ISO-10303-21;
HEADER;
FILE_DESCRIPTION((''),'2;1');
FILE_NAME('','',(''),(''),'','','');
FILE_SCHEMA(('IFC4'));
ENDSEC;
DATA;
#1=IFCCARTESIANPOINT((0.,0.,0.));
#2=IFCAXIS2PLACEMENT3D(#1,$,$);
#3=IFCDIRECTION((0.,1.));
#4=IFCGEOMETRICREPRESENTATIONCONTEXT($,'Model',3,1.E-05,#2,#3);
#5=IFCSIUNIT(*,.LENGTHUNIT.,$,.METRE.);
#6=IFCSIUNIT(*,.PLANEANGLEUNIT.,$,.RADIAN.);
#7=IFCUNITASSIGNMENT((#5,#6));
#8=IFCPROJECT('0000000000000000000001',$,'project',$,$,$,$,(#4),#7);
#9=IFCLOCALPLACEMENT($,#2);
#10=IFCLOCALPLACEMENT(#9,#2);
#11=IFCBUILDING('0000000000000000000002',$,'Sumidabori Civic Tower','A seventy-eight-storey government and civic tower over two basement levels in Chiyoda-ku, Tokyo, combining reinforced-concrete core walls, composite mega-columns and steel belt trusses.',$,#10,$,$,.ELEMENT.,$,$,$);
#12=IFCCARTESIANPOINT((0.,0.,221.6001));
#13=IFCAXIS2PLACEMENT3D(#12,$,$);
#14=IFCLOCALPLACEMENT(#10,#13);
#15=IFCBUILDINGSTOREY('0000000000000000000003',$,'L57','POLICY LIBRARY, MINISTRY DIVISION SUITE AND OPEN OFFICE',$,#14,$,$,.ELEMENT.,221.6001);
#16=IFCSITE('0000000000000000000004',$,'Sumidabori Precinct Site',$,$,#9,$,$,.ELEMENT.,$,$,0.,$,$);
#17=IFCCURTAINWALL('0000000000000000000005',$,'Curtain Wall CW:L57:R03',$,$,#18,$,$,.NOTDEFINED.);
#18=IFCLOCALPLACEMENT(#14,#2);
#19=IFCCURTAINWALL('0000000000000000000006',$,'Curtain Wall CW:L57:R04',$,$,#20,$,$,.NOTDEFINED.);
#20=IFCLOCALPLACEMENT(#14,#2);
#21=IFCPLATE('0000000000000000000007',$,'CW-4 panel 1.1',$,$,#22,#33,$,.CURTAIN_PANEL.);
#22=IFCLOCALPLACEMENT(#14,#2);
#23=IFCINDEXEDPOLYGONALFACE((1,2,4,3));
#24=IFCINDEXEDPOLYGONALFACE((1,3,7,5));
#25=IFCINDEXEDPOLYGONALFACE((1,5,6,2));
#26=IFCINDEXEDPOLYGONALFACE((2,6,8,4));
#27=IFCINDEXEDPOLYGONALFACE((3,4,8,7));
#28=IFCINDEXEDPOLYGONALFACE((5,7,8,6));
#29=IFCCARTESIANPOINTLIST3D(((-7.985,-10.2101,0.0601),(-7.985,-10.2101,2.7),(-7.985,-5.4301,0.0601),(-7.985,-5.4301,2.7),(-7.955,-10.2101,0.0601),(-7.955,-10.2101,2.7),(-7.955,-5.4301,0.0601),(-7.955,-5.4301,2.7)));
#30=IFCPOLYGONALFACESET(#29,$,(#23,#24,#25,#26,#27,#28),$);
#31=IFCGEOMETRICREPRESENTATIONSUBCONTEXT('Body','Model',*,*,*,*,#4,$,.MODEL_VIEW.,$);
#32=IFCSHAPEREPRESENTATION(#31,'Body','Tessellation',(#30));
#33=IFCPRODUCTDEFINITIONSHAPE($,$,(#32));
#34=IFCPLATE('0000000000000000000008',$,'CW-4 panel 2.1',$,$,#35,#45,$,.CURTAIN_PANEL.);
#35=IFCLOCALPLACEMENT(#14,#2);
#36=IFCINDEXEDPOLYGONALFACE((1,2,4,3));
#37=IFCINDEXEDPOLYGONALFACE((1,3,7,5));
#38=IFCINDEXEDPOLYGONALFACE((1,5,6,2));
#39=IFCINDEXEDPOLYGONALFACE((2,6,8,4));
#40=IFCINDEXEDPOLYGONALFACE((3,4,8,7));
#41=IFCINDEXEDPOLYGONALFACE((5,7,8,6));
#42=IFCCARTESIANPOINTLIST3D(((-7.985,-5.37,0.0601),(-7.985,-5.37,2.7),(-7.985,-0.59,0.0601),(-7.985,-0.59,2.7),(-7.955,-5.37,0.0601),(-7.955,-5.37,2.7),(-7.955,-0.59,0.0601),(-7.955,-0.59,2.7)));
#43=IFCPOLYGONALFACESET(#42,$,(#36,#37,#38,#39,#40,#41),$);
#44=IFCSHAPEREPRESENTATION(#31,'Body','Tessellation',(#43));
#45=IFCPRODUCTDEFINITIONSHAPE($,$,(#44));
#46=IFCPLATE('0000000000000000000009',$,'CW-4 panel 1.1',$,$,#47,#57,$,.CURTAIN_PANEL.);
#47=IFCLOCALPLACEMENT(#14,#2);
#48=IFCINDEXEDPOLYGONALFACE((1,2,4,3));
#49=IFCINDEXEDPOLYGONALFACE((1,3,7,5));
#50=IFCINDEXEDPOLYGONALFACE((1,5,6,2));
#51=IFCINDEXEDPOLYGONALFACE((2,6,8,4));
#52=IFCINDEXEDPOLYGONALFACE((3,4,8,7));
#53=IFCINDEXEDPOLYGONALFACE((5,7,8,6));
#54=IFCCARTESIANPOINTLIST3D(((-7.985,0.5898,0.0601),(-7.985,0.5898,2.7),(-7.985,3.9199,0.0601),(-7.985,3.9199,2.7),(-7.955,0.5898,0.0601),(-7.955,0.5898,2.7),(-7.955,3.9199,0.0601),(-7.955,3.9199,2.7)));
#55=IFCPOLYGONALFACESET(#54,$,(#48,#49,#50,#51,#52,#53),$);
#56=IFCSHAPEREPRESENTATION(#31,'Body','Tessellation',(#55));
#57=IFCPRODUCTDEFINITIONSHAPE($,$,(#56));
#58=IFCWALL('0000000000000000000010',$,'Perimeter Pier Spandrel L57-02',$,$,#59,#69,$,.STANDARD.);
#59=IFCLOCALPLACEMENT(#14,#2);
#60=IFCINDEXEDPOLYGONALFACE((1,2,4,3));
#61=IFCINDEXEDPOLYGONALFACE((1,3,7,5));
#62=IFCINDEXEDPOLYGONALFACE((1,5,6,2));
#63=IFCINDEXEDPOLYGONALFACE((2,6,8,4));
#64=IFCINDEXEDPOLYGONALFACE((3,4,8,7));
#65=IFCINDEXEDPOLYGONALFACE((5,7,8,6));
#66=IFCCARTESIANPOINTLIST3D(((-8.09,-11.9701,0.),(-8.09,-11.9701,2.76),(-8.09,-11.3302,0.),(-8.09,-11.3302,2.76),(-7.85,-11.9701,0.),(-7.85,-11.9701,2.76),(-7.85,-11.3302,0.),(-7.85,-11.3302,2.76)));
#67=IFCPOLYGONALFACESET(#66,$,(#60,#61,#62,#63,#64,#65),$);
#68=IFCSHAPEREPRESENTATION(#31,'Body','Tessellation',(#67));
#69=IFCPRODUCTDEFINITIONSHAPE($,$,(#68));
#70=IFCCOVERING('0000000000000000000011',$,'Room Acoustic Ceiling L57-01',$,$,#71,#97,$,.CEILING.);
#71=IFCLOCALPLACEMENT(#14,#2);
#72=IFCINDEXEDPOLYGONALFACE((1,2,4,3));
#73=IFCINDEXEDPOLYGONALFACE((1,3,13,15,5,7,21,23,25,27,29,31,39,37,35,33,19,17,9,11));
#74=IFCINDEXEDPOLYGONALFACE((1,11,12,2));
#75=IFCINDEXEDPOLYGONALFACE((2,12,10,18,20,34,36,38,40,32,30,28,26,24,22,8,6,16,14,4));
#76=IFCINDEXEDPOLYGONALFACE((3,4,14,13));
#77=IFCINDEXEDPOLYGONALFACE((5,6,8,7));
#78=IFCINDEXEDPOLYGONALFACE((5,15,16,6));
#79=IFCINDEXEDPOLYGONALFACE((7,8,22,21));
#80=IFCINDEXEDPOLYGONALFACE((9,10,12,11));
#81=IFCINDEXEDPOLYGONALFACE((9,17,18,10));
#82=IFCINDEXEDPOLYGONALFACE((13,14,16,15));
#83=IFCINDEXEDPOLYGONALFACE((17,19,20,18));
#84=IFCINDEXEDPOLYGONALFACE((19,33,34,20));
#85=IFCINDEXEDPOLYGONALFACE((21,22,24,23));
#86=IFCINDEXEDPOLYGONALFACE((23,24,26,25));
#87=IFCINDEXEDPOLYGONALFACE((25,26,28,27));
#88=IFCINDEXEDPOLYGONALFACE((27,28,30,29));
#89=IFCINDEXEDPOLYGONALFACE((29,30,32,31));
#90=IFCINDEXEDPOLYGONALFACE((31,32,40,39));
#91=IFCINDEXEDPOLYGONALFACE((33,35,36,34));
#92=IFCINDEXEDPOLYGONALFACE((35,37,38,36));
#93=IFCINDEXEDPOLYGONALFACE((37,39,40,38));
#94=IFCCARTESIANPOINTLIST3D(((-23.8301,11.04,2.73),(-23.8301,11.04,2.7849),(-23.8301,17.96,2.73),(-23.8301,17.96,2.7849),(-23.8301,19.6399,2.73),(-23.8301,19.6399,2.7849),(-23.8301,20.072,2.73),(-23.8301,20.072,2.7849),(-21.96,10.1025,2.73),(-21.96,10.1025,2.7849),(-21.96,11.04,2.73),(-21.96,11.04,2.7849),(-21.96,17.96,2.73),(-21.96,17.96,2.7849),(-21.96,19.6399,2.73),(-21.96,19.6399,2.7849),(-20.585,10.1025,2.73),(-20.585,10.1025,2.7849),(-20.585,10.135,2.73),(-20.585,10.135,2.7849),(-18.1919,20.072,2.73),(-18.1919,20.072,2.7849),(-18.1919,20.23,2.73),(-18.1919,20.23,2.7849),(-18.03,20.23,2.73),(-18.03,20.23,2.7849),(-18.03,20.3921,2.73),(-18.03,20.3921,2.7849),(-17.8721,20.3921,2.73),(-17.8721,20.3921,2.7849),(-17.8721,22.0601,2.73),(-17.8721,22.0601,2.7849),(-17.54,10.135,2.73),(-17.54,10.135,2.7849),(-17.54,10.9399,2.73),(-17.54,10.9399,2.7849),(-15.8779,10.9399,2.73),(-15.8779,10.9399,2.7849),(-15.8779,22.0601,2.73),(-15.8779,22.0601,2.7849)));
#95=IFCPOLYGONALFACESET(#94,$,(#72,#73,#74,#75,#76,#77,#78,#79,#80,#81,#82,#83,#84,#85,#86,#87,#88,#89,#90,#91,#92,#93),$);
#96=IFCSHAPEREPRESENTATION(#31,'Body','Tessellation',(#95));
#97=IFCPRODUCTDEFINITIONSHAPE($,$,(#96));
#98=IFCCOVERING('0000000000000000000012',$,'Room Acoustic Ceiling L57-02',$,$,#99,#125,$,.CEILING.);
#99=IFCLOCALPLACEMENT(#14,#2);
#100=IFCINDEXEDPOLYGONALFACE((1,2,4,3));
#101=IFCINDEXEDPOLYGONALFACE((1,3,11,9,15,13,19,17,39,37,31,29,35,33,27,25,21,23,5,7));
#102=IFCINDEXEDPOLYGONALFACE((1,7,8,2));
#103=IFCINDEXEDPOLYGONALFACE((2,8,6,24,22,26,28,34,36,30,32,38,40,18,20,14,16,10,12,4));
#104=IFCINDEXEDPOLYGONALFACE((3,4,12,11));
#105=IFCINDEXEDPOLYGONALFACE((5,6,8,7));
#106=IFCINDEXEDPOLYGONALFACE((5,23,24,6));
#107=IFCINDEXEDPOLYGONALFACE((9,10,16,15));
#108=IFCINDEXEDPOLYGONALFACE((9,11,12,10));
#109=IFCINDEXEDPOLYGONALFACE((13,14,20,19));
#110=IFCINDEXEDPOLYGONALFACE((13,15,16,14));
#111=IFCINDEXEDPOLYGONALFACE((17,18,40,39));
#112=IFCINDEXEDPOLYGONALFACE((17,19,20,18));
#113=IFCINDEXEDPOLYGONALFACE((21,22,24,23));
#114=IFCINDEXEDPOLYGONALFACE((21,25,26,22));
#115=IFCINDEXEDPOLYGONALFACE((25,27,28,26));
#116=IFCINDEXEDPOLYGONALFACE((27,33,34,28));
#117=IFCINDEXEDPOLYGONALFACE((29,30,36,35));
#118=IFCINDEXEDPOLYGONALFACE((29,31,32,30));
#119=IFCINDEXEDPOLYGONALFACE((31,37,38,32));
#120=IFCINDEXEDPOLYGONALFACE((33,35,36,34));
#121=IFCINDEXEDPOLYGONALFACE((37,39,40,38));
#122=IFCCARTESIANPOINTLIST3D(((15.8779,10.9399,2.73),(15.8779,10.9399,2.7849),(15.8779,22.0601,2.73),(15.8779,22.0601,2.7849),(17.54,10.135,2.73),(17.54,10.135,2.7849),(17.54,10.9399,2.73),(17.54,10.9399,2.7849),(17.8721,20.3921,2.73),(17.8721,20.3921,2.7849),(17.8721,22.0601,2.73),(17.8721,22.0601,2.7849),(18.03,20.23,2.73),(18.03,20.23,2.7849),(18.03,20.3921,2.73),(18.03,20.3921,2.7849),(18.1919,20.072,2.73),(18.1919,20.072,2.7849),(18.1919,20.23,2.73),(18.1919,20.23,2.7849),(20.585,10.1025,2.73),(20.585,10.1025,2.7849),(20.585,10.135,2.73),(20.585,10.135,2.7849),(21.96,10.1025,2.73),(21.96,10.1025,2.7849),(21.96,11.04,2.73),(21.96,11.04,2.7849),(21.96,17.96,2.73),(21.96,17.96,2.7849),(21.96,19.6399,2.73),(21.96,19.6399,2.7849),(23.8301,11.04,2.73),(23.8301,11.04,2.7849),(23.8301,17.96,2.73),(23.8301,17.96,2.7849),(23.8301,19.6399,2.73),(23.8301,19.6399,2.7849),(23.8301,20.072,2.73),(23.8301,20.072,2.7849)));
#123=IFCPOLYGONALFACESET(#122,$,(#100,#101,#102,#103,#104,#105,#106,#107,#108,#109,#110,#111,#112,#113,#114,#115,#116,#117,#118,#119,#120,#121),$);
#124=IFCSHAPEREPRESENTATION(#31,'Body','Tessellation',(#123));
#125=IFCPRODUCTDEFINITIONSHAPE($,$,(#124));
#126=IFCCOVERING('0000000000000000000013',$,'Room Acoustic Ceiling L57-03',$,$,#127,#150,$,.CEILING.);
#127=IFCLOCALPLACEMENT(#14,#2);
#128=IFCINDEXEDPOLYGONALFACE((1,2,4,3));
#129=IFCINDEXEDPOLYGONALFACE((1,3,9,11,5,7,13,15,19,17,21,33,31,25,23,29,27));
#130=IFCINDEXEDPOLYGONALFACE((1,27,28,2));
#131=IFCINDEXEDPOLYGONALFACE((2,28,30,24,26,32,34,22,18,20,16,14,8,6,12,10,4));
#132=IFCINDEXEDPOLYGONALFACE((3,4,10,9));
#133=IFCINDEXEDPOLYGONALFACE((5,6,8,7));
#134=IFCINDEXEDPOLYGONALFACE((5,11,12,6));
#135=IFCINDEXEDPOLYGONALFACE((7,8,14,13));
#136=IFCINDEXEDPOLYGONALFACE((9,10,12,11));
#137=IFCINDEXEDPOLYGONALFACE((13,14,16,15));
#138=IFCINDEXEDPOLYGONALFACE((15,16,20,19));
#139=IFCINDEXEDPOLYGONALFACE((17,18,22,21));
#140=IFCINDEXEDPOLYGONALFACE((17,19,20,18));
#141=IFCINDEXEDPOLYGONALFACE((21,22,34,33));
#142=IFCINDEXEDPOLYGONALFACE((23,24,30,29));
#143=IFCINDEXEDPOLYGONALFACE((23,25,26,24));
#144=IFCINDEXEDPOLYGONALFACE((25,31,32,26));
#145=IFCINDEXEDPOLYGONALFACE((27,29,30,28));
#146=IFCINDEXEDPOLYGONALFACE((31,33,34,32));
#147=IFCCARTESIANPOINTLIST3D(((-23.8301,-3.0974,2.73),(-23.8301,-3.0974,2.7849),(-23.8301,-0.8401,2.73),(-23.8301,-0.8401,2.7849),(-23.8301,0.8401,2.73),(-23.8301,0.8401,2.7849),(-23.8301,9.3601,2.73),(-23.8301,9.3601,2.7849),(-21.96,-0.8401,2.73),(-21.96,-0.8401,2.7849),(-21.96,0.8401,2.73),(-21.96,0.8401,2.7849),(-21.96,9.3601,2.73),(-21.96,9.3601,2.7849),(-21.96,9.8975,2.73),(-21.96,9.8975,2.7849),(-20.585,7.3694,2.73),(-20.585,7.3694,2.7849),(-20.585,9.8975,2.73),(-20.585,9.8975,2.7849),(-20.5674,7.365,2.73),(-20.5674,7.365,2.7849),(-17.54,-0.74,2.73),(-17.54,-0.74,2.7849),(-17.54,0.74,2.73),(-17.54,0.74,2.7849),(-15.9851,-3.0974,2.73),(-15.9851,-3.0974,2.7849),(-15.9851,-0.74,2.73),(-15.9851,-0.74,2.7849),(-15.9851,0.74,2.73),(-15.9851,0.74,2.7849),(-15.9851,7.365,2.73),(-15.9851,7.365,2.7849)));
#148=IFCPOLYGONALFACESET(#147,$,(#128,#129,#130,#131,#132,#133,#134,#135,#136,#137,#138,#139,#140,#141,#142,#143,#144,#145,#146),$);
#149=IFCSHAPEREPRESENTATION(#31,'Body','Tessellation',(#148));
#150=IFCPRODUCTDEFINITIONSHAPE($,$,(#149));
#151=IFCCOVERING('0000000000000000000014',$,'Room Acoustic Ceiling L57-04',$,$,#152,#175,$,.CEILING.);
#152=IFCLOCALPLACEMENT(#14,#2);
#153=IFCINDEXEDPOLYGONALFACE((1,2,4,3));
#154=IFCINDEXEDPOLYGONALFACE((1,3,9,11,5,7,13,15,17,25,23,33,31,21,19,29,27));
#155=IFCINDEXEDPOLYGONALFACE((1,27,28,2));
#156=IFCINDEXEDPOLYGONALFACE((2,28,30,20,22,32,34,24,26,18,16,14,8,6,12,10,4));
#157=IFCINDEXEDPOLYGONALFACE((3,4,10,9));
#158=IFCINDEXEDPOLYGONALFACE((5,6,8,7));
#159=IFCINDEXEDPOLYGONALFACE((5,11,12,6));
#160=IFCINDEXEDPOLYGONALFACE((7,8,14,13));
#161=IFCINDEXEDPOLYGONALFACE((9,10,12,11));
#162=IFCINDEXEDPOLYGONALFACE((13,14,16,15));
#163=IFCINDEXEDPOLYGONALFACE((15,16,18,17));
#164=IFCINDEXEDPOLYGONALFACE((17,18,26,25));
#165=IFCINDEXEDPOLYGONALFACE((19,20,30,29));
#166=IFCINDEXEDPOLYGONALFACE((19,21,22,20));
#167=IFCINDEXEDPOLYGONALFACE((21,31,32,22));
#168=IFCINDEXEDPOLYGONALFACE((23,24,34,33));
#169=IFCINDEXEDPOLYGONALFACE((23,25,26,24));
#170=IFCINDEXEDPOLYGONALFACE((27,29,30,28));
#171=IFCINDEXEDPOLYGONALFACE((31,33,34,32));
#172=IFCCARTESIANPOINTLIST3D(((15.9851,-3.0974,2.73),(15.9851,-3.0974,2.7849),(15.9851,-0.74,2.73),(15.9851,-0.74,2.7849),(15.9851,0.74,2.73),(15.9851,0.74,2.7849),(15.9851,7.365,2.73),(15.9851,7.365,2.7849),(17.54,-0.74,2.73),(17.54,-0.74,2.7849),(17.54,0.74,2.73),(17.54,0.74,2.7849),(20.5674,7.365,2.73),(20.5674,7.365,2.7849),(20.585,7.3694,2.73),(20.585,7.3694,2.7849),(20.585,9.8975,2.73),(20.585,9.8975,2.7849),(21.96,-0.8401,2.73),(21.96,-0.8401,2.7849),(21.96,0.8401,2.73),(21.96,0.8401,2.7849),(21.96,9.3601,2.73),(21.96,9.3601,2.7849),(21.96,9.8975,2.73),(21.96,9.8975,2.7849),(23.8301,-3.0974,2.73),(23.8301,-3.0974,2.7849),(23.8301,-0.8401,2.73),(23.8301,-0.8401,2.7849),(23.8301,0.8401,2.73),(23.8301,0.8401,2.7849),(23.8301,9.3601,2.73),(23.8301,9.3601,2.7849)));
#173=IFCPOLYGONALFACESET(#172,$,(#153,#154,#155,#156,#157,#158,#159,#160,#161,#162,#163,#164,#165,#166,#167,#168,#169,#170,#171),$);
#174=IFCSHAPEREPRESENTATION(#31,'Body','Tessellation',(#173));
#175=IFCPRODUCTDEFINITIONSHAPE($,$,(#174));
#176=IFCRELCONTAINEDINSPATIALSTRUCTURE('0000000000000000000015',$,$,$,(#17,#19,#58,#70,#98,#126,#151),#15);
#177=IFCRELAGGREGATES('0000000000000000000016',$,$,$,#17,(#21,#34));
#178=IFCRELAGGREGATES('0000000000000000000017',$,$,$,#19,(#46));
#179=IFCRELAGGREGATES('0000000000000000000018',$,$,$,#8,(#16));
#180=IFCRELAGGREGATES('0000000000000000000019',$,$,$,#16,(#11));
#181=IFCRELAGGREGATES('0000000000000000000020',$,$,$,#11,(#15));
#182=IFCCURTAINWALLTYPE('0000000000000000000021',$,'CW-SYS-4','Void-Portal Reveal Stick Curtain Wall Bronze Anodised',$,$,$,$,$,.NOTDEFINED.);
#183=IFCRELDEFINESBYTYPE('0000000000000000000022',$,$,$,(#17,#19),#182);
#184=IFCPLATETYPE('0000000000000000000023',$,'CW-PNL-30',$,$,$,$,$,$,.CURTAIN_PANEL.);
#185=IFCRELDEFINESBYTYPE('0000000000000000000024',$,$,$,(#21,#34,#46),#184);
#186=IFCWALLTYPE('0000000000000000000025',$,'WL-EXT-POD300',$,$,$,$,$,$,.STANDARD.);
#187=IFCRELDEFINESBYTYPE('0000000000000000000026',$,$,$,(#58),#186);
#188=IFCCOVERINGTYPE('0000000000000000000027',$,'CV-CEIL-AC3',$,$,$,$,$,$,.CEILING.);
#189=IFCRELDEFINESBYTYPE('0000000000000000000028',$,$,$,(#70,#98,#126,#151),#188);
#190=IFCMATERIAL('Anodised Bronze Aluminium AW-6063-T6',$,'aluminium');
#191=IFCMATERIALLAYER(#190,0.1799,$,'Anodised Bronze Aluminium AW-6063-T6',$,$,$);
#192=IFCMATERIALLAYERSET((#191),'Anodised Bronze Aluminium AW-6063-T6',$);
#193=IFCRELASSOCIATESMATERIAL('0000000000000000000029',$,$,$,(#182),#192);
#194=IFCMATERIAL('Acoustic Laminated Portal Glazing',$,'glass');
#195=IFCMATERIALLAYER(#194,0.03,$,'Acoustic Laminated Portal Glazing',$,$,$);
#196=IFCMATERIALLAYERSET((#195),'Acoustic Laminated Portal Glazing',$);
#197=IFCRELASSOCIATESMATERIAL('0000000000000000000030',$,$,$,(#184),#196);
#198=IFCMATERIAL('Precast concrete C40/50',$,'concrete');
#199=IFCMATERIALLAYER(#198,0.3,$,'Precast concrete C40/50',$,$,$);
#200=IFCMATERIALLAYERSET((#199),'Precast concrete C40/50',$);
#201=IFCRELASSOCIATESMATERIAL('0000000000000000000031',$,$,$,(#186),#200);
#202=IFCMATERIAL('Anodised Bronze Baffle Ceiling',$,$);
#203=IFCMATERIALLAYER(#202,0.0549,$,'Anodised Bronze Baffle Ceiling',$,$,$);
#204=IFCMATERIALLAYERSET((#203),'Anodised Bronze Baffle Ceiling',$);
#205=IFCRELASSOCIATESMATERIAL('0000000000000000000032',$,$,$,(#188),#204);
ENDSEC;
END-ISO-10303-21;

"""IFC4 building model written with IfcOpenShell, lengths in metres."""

from ifc_helpers import new_model, si_unit, direction, frame, frame_2d, origin, origin_2d, place, context, subcontext, project, spatial, polyline, rectangle, outline, extrude, source, transform, mapped, material, layer, layer_set, type_object, element, aggregate, save


model = new_model("IFC4")

# Units and contexts
model_context = context("Model", 3, precision=1e-05, world=origin(), true_north=direction((0.0, 1.0)))
body_context = subcontext(model_context, "Body", "Model", "MODEL_VIEW")
ifc_project = project(units=[si_unit("LENGTHUNIT", "METRE"), si_unit("PLANEANGLEUNIT", "RADIAN")], contexts=[model_context])

# Site, building, storey
site_placement = place(None, origin())
site = spatial("IfcSite", under=ifc_project, at=site_placement, Name="Sumidabori Precinct Site", CompositionType="ELEMENT", RefElevation=0.0)
building_placement = place(site_placement, origin())
building = spatial("IfcBuilding", under=site, at=building_placement, Name="Sumidabori Civic Tower", Description="A seventy-eight-storey government and civic tower over two basement levels in Chiyoda-ku, Tokyo, combining reinforced-concrete core walls, composite mega-columns and steel belt trusses.", CompositionType="ELEMENT")
storey_placement = place(building_placement, frame((0.0, 0.0, 221.6001)))
storey = spatial("IfcBuildingStorey", under=building, at=storey_placement, Name="L57", Description="POLICY LIBRARY, MINISTRY DIVISION SUITE AND OPEN OFFICE", CompositionType="ELEMENT", Elevation=221.6001)

# Shared definitions
ifc_material_1 = material(Name="Anodised Bronze Aluminium AW-6063-T6", Category="aluminium")

# Curtain wall
ifc_layer_1 = layer(ifc_material_1, 0.1799, Name="Anodised Bronze Aluminium AW-6063-T6")
ifc_layer_set_1 = layer_set([ifc_layer_1], Name="Anodised Bronze Aluminium AW-6063-T6")
curtain_wall_type_1 = type_object("IfcCurtainWallType", Name="CW-SYS-4", Description="Void-Portal Reveal Stick Curtain Wall Bronze Anodised", PredefinedType="NOTDEFINED", material=ifc_layer_set_1)
curtain_wall_1_placement = place(storey_placement, origin())
curtain_wall_1 = element("IfcCurtainWall", 1, at=curtain_wall_1_placement, inside=storey, type_object=curtain_wall_type_1, Name="Curtain Wall CW:L57:R03", PredefinedType="NOTDEFINED")

# Curtain wall
curtain_wall_2_placement = place(storey_placement, origin())
curtain_wall_2 = element("IfcCurtainWall", 2, at=curtain_wall_2_placement, inside=storey, type_object=curtain_wall_type_1, Name="Curtain Wall CW:L57:R04", PredefinedType="NOTDEFINED")

# Plates
ifc_material_2 = material(Name="Acoustic Laminated Portal Glazing", Category="glass")
ifc_layer_2 = layer(ifc_material_2, 0.03, Name="Acoustic Laminated Portal Glazing")
ifc_layer_set_2 = layer_set([ifc_layer_2], Name="Acoustic Laminated Portal Glazing")
plate_type = type_object("IfcPlateType", Name="CW-PNL-30", PredefinedType="CURTAIN_PANEL", material=ifc_layer_set_2)
shared_shape_1 = source(origin(), body_context, "Body", "SweptSolid", [
    extrude(rectangle(XDim=4.78, YDim=0.03, at=origin_2d()), origin(), (0.0, 0.0, 1.0), 2.6399),
])
plate_1_placement = place(storey_placement, frame((-7.97, -7.8201, 0.0601), z_axis=(0.0, 0.0, 1.0), x_axis=(0.0, 1.0, 0.0)))
plate_1 = element("IfcPlate", 3, at=plate_1_placement, type_object=plate_type, Name="CW-4 panel 1.1", PredefinedType="CURTAIN_PANEL", context=body_context, shape_type="MappedRepresentation", body=[
    mapped(shared_shape_1, transform((0.0, 0.0, 0.0), x_axis=(1.0, 0.0, 0.0), y_axis=(0.0, 1.0, 0.0), z_axis=(0.0, 0.0, 1.0), scale=1.0)),
])
plate_2_placement = place(storey_placement, frame((-7.97, -2.98, 0.0601), z_axis=(0.0, 0.0, 1.0), x_axis=(0.0, 1.0, 0.0)))
plate_2 = element("IfcPlate", 4, at=plate_2_placement, type_object=plate_type, Name="CW-4 panel 2.1", PredefinedType="CURTAIN_PANEL", context=body_context, shape_type="MappedRepresentation", body=[
    mapped(shared_shape_1, transform((0.0, 0.0, 0.0), x_axis=(1.0, 0.0, 0.0), y_axis=(0.0, 1.0, 0.0), z_axis=(0.0, 0.0, 1.0), scale=1.0)),
])
aggregate(curtain_wall_1, [plate_1, plate_2])
shared_shape_2 = source(origin(), body_context, "Body", "SweptSolid", [
    extrude(rectangle(XDim=3.3301, YDim=0.03, at=origin_2d()), origin(), (0.0, 0.0, 1.0), 2.6399),
])
plate_3_placement = place(storey_placement, frame((-7.97, 2.2549, 0.0601), z_axis=(0.0, 0.0, 1.0), x_axis=(0.0, 1.0, 0.0)))
plate_3 = element("IfcPlate", 5, at=plate_3_placement, type_object=plate_type, Name="CW-4 panel 1.1", PredefinedType="CURTAIN_PANEL", context=body_context, shape_type="MappedRepresentation", body=[
    mapped(shared_shape_2, transform((0.0, 0.0, 0.0), x_axis=(1.0, 0.0, 0.0), y_axis=(0.0, 1.0, 0.0), z_axis=(0.0, 0.0, 1.0), scale=1.0)),
])
aggregate(curtain_wall_2, [plate_3])

# Wall
ifc_material_3 = material(Name="Precast concrete C40/50", Category="concrete")
ifc_layer_3 = layer(ifc_material_3, 0.3, Name="Precast concrete C40/50")
ifc_layer_set_3 = layer_set([ifc_layer_3], Name="Precast concrete C40/50")
wall_type = type_object("IfcWallType", Name="WL-EXT-POD300", PredefinedType="STANDARD", material=ifc_layer_set_3)
shared_shape_3 = source(origin(), body_context, "Body", "SweptSolid", [
    extrude(rectangle(XDim=0.6399, YDim=0.24, at=frame_2d((0.3198, 0.0))), origin(), (0.0, 0.0, 1.0), 2.76),
])
wall_placement = place(storey_placement, frame((-7.97, -11.97, 0.0), z_axis=(0.0, 0.0, 1.0), x_axis=(0.0, 1.0, 0.0)))
element("IfcWall", 6, at=wall_placement, inside=storey, type_object=wall_type, Name="Perimeter Pier Spandrel L57-02", PredefinedType="STANDARD", context=body_context, shape_type="MappedRepresentation", body=[
    mapped(shared_shape_3, transform((0.0, 0.0, 0.0), x_axis=(1.0, 0.0, 0.0), y_axis=(0.0, 1.0, 0.0), z_axis=(0.0, 0.0, 1.0), scale=1.0)),
])

# Coverings
ifc_material_4 = material(Name="Anodised Bronze Baffle Ceiling")
ifc_layer_4 = layer(ifc_material_4, 0.0549, Name="Anodised Bronze Baffle Ceiling")
ifc_layer_set_4 = layer_set([ifc_layer_4], Name="Anodised Bronze Baffle Ceiling")
covering_type_1 = type_object("IfcCoveringType", Name="CV-CEIL-AC3", PredefinedType="CEILING", material=ifc_layer_set_4)
covering_1_placement = place(storey_placement, frame((0.0, 0.0, 2.73)))
element("IfcCovering", 7, at=covering_1_placement, inside=storey, type_object=covering_type_1, Name="Room Acoustic Ceiling L57-01", PredefinedType="CEILING", context=body_context, shape_type="SweptSolid", body=[
    extrude(outline(polyline([(-23.8301, 17.96), (-21.96, 17.96), (-21.96, 19.6399), (-23.8301, 19.6399), (-23.8301, 20.072), (-18.1919, 20.072), (-18.1919, 20.23), (-18.03, 20.23), (-18.03, 20.3921), (-17.8721, 20.3921), (-17.8721, 22.0601), (-15.8779, 22.0601), (-15.8779, 10.9399), (-17.54, 10.9399), (-17.54, 10.135), (-20.585, 10.135), (-20.585, 10.1025), (-21.96, 10.1025), (-21.96, 11.04), (-23.8301, 11.04), (-23.8301, 17.96)])), origin(), (0.0, 0.0, 1.0), 0.0549),
])
covering_2_placement = place(storey_placement, frame((0.0, 0.0, 2.73)))
element("IfcCovering", 8, at=covering_2_placement, inside=storey, type_object=covering_type_1, Name="Room Acoustic Ceiling L57-02", PredefinedType="CEILING", context=body_context, shape_type="SweptSolid", body=[
    extrude(outline(polyline([(23.8301, 20.072), (23.8301, 19.6399), (21.96, 19.6399), (21.96, 17.96), (23.8301, 17.96), (23.8301, 11.04), (21.96, 11.04), (21.96, 10.1025), (20.585, 10.1025), (20.585, 10.135), (17.54, 10.135), (17.54, 10.9399), (15.8779, 10.9399), (15.8779, 22.0601), (17.8721, 22.0601), (17.8721, 20.3921), (18.03, 20.3921), (18.03, 20.23), (18.1919, 20.23), (18.1919, 20.072), (23.8301, 20.072)])), origin(), (0.0, 0.0, 1.0), 0.0549),
])
covering_3_placement = place(storey_placement, frame((0.0, 0.0, 2.73)))
element("IfcCovering", 9, at=covering_3_placement, inside=storey, type_object=covering_type_1, Name="Room Acoustic Ceiling L57-03", PredefinedType="CEILING", context=body_context, shape_type="SweptSolid", body=[
    extrude(outline(polyline([(-20.5674, 7.365), (-15.9851, 7.365), (-15.9851, 0.74), (-17.54, 0.74), (-17.54, -0.74), (-15.9851, -0.74), (-15.9851, -3.0974), (-23.8301, -3.0974), (-23.8301, -0.8401), (-21.96, -0.8401), (-21.96, 0.8401), (-23.8301, 0.8401), (-23.8301, 9.3601), (-21.96, 9.3601), (-21.96, 9.8975), (-20.585, 9.8975), (-20.585, 7.3694), (-20.5674, 7.365)])), origin(), (0.0, 0.0, 1.0), 0.0549),
])
covering_4_placement = place(storey_placement, frame((0.0, 0.0, 2.73)))
element("IfcCovering", 10, at=covering_4_placement, inside=storey, type_object=covering_type_1, Name="Room Acoustic Ceiling L57-04", PredefinedType="CEILING", context=body_context, shape_type="SweptSolid", body=[
    extrude(outline(polyline([(15.9851, -0.74), (17.54, -0.74), (17.54, 0.74), (15.9851, 0.74), (15.9851, 7.365), (20.5674, 7.365), (20.585, 7.3694), (20.585, 9.8975), (21.96, 9.8975), (21.96, 9.3601), (23.8301, 9.3601), (23.8301, 0.8401), (21.96, 0.8401), (21.96, -0.8401), (23.8301, -0.8401), (23.8301, -3.0974), (15.9851, -3.0974), (15.9851, -0.74)])), origin(), (0.0, 0.0, 1.0), 0.0549),
])

save(model, "model.ifc")
